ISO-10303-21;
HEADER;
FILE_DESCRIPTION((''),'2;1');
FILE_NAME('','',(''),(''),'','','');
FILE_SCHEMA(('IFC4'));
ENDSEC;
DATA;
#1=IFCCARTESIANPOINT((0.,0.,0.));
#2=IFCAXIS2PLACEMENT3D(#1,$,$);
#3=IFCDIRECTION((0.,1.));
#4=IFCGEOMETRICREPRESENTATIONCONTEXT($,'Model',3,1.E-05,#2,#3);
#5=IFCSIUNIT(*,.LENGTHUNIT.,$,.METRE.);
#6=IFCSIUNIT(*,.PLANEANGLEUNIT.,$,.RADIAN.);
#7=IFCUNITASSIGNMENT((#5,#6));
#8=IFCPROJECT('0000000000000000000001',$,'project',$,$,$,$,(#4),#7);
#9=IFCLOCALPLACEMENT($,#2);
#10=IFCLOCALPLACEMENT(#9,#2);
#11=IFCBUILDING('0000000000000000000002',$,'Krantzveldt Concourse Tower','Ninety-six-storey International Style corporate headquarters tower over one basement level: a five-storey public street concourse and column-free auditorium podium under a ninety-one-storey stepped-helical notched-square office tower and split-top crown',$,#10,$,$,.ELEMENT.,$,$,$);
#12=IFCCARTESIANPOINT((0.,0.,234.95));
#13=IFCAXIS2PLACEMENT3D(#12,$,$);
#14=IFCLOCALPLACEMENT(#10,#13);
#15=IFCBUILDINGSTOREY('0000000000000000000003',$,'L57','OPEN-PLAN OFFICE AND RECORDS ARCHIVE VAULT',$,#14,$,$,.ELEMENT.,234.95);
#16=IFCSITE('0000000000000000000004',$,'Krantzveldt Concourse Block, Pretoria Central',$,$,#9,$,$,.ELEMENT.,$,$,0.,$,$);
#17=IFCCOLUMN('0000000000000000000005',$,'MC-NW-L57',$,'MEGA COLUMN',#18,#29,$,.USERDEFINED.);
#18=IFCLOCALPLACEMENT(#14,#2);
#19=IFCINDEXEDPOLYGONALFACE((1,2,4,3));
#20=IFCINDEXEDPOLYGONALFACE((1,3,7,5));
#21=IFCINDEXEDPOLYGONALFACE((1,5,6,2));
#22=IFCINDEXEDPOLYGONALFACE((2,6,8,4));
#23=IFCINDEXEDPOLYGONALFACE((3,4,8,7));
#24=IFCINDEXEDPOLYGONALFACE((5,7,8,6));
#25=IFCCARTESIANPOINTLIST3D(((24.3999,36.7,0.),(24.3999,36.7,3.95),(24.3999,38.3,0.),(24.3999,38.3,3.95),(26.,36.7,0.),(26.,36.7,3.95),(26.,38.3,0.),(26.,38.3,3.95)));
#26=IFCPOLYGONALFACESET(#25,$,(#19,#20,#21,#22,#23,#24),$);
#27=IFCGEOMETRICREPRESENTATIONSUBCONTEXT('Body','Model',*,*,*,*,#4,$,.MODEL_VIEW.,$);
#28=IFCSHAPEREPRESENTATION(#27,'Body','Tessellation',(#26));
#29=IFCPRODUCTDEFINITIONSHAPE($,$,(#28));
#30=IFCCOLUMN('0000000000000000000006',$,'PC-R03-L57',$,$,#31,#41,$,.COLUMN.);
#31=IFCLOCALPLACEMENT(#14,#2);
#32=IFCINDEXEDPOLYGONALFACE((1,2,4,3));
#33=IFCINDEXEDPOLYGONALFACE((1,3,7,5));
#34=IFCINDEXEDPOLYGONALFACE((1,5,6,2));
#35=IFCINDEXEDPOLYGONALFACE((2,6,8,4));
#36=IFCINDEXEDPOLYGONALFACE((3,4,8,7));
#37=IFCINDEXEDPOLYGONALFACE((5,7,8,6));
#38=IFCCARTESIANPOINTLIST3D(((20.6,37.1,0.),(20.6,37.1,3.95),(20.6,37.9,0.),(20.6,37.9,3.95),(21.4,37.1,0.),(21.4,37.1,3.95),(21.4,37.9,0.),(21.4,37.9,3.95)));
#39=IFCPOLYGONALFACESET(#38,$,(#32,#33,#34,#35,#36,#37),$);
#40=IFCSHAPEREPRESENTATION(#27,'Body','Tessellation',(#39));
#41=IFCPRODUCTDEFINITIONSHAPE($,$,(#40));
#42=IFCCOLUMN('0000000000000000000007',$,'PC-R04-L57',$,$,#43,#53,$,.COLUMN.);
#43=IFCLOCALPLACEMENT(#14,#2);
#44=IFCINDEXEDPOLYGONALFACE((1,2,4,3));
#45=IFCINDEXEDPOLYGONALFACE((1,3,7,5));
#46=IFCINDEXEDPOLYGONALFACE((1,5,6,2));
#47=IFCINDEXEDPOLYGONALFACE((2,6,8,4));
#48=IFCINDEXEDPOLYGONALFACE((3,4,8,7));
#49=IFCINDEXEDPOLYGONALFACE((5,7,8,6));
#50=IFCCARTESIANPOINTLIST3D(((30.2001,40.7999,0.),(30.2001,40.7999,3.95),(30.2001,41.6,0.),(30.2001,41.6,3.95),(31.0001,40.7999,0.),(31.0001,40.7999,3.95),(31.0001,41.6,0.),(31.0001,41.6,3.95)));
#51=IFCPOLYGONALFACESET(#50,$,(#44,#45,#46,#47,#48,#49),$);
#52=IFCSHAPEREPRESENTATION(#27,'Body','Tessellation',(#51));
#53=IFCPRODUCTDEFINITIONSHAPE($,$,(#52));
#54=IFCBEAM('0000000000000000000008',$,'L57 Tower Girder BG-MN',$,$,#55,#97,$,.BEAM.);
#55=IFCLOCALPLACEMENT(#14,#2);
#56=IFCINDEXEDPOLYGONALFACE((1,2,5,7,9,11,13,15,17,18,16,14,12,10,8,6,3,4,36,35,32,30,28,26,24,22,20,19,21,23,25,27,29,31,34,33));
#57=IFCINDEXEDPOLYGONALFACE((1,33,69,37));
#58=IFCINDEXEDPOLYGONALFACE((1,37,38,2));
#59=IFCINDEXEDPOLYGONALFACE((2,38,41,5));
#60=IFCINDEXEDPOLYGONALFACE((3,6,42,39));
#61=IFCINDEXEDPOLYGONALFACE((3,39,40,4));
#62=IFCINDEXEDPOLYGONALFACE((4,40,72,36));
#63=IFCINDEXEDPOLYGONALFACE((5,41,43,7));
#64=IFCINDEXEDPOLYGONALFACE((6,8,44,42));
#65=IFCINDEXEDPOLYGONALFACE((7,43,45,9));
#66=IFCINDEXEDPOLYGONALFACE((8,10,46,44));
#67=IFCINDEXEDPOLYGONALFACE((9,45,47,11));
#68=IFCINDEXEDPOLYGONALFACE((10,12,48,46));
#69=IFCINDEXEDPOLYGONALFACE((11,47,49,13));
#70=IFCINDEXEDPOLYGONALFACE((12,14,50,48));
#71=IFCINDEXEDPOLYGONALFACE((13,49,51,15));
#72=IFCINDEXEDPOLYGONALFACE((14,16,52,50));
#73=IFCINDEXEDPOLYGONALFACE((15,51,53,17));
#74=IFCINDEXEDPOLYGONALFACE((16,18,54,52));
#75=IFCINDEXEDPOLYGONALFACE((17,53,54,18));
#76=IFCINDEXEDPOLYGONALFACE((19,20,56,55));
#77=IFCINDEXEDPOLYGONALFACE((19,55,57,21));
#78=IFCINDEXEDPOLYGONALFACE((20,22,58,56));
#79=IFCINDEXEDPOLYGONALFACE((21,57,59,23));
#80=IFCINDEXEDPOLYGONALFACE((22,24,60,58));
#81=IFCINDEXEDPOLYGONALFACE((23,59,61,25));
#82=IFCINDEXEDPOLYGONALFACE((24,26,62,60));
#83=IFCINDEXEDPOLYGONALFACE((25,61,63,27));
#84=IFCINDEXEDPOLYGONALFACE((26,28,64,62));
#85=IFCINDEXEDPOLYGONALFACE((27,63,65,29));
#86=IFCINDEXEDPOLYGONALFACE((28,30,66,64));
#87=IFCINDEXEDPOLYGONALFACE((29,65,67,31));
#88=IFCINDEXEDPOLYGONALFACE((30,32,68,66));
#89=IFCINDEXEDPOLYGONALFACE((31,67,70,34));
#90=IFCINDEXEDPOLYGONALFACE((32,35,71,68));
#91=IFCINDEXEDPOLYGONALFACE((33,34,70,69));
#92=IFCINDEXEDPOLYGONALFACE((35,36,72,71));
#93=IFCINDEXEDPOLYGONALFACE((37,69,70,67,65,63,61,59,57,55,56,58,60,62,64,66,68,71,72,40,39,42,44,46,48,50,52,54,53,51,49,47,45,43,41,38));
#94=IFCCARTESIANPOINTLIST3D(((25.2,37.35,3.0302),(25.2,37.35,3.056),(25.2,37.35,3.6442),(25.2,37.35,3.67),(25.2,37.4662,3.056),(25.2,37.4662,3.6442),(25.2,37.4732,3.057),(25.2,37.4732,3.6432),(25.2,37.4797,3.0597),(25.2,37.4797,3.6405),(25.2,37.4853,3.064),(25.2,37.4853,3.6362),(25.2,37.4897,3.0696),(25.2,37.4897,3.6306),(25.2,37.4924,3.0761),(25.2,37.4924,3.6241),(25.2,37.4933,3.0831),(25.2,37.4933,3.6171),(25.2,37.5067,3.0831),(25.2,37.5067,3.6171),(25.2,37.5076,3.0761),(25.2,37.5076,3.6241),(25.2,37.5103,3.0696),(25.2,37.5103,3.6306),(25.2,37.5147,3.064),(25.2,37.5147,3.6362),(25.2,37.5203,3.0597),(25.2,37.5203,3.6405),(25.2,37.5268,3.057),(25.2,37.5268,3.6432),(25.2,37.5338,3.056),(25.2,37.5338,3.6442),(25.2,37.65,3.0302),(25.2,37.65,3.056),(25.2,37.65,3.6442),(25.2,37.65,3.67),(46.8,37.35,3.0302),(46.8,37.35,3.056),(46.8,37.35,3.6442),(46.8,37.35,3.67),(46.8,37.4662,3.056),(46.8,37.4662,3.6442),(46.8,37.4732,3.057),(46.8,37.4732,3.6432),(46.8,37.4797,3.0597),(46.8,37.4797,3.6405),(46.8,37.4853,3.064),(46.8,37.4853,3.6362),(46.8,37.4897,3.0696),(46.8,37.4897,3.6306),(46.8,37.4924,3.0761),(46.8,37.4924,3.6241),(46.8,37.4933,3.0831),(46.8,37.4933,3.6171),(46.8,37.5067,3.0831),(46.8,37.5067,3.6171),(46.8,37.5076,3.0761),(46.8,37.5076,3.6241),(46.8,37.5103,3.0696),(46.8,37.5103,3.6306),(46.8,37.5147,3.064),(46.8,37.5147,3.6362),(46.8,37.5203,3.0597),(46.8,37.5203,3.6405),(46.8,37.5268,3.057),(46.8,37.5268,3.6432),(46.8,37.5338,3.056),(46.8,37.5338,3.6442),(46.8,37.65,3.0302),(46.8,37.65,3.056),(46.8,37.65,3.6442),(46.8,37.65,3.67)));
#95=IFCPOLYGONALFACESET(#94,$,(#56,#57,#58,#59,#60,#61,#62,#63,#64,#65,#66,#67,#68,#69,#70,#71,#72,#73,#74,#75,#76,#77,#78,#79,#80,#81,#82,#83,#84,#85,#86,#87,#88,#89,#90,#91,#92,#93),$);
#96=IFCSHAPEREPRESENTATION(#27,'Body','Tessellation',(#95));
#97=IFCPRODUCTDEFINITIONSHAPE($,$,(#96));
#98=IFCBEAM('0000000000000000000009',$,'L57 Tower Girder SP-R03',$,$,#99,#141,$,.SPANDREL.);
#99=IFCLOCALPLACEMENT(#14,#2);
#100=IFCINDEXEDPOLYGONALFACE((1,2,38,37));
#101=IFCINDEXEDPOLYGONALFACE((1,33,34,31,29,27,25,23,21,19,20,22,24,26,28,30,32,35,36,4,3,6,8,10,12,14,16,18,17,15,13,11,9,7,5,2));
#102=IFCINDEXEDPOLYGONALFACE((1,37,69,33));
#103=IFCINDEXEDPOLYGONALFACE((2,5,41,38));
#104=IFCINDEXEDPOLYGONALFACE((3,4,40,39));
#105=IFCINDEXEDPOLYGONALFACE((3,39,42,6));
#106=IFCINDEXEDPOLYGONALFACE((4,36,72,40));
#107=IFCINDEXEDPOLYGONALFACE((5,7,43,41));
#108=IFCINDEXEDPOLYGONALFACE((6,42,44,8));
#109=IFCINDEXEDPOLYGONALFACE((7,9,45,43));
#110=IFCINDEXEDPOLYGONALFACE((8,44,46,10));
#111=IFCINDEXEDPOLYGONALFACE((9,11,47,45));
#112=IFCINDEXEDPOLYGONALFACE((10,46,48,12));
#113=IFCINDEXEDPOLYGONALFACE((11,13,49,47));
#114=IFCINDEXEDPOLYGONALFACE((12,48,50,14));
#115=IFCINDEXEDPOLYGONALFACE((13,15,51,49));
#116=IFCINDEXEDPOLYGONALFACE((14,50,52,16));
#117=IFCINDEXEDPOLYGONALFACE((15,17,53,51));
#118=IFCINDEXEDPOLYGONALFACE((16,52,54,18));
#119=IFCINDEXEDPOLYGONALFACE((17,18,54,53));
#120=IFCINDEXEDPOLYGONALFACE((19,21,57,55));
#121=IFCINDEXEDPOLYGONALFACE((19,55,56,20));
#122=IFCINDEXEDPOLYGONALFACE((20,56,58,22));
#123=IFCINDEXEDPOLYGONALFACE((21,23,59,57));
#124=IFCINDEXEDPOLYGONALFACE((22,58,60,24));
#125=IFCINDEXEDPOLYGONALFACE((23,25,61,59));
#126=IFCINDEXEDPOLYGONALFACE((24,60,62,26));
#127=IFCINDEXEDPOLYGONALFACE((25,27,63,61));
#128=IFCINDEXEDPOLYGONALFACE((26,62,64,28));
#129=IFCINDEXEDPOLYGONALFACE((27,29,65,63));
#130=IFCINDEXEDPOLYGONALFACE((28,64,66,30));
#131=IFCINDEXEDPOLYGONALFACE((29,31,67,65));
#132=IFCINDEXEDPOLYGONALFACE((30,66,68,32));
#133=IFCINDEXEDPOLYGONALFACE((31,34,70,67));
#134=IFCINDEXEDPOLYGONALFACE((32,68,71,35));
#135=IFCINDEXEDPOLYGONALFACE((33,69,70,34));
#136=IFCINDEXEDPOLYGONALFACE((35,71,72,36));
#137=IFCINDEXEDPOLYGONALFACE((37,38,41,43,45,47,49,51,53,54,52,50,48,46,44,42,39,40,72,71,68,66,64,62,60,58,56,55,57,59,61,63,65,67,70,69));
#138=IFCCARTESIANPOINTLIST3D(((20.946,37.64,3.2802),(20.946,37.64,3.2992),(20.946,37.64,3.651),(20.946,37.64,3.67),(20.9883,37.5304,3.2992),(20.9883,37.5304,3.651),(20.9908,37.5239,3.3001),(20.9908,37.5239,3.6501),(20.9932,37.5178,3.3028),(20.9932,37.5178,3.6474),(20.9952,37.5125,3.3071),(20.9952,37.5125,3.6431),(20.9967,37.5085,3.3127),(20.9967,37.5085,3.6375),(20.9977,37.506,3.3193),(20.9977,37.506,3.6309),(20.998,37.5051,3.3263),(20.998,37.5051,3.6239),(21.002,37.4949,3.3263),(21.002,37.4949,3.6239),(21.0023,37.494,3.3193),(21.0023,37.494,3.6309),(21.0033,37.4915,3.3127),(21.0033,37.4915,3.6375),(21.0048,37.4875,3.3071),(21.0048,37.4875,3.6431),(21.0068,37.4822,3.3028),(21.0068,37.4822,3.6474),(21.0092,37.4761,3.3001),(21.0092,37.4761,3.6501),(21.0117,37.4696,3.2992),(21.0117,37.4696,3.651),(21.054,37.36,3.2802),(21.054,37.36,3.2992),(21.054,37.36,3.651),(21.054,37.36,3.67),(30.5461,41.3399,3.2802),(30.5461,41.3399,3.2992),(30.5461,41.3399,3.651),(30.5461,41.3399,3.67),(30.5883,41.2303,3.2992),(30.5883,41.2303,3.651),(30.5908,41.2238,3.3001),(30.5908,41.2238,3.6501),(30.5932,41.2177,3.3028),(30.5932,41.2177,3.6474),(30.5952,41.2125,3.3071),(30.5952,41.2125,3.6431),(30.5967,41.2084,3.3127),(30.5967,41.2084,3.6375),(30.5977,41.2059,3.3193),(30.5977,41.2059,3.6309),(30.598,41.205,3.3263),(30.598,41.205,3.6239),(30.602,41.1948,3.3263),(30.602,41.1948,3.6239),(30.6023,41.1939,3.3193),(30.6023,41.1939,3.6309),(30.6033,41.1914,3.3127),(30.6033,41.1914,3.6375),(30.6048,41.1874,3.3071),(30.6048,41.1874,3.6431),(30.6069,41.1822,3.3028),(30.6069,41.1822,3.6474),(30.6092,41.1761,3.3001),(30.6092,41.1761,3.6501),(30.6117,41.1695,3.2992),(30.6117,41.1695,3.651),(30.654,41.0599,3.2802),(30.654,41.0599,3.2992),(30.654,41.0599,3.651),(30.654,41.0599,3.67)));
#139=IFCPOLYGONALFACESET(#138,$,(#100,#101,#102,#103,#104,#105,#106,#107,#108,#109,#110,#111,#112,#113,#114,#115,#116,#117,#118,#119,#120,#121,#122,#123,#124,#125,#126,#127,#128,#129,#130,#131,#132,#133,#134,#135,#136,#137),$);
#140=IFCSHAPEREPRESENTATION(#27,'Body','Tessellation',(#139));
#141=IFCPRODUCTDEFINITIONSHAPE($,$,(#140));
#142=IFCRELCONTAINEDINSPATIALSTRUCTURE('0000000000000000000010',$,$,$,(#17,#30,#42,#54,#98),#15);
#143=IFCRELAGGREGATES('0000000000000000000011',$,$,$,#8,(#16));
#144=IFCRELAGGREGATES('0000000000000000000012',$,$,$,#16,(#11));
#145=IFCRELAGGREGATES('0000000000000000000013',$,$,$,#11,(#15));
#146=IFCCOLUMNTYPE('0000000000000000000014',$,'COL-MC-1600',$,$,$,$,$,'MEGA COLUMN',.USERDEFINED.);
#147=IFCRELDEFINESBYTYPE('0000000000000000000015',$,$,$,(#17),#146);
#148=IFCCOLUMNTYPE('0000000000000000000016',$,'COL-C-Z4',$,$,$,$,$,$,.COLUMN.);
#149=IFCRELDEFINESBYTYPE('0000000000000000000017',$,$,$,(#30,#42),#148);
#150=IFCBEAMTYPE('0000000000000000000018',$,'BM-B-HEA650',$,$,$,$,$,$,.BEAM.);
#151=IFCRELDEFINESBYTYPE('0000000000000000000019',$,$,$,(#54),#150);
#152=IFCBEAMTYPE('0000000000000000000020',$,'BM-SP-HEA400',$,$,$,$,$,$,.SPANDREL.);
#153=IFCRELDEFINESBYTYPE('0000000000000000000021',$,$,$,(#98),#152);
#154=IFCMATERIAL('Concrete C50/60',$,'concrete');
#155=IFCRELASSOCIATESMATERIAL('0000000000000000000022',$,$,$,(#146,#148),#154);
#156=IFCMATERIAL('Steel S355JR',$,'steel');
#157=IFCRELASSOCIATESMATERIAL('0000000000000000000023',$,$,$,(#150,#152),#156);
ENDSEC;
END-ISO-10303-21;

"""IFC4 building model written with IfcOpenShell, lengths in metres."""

from ifc_helpers import new_model, si_unit, direction, frame, origin, origin_2d, place, context, subcontext, project, spatial, rectangle, i_section, extrude, source, transform, mapped, material, material_profile, profile_set, type_object, type_shapes, element, save


model = new_model("IFC4")

# Units and contexts
model_context = context("Model", 3, precision=1e-05, world=origin(), true_north=direction((0.0, 1.0)))
body_context = subcontext(model_context, "Body", "Model", "MODEL_VIEW")
ifc_project = project(units=[si_unit("LENGTHUNIT", "METRE"), si_unit("PLANEANGLEUNIT", "RADIAN")], contexts=[model_context])

# Site, building, storey
site_placement = place(None, origin())
site = spatial("IfcSite", under=ifc_project, at=site_placement, Name="Krantzveldt Concourse Block, Pretoria Central", CompositionType="ELEMENT", RefElevation=0.0)
building_placement = place(site_placement, origin())
building = spatial("IfcBuilding", under=site, at=building_placement, Name="Krantzveldt Concourse Tower", Description="Ninety-six-storey International Style corporate headquarters tower over one basement level: a five-storey public street concourse and column-free auditorium podium under a ninety-one-storey stepped-helical notched-square office tower and split-top crown", CompositionType="ELEMENT")
storey_placement = place(building_placement, frame((0.0, 0.0, 234.95)))
storey = spatial("IfcBuildingStorey", under=building, at=storey_placement, Name="L57", Description="OPEN-PLAN OFFICE AND RECORDS ARCHIVE VAULT", CompositionType="ELEMENT", Elevation=234.95)

# Columns
ifc_material_1 = material(Name="Concrete C50/60", Category="concrete")
ifc_material_profile_1 = material_profile(ifc_material_1, rectangle(XDim=1.6001, YDim=1.6001, at=origin_2d()), Name="Concrete C50/60", Category="concrete")
ifc_profile_set_1 = profile_set([ifc_material_profile_1], Name="Concrete C50/60 - RC 1600x1600")
column_type_1 = type_object("IfcColumnType", Name="COL-MC-1600", ElementType="MEGA COLUMN", PredefinedType="USERDEFINED", material=ifc_profile_set_1)
shared_shape_1 = source(origin(), body_context, "Body", "SweptSolid", [
    extrude(rectangle(XDim=1.6001, YDim=1.6001, at=origin_2d()), origin(), (0.0, 0.0, 1.0), 3.95),
])
type_shapes(column_type_1, [shared_shape_1])
column_placement = place(storey_placement, frame((25.2, 37.5, 0.0), z_axis=(0.0, 0.0, 1.0), x_axis=(1.0, 0.0, 0.0)))
element("IfcColumn", 1, at=column_placement, inside=storey, type_object=column_type_1, Name="MC-NW-L57", ObjectType="MEGA COLUMN", PredefinedType="USERDEFINED", context=body_context, shape_type="MappedRepresentation", body=[
    mapped(shared_shape_1, transform((0.0, 0.0, 0.0), x_axis=(1.0, 0.0, 0.0), y_axis=(0.0, 1.0, 0.0), z_axis=(0.0, 0.0, 1.0), scale=1.0)),
])
ifc_material_profile_2 = material_profile(ifc_material_1, rectangle(XDim=0.8, YDim=0.8, at=origin_2d()), Name="Concrete C50/60", Category="concrete")
ifc_profile_set_2 = profile_set([ifc_material_profile_2], Name="Concrete C50/60 - RC 800x800")
column_type_2 = type_object("IfcColumnType", Name="COL-C-Z4", PredefinedType="COLUMN", material=ifc_profile_set_2)
shared_shape_2 = source(origin(), body_context, "Body", "SweptSolid", [
    extrude(rectangle(XDim=0.8, YDim=0.8, at=origin_2d()), origin(), (0.0, 0.0, 1.0), 3.95),
])
type_shapes(column_type_2, [shared_shape_2])
for number, where, z_axis, x_axis, name in (
    (2, (21.0, 37.5, 0.0), (0.0, 0.0, 1.0), (1.0, 0.0, 0.0), "PC-R03-L57"),
    (3, (30.6001, 41.2, 0.0), (0.0, 0.0, 1.0), (1.0, 0.0, 0.0), "PC-R04-L57"),
):
    element("IfcColumn", number, at=place(storey_placement, frame(where, z_axis=z_axis, x_axis=x_axis)), inside=storey, type_object=column_type_2, Name=name, PredefinedType="COLUMN", context=body_context, shape_type="MappedRepresentation", body=[
        mapped(shared_shape_2, transform((0.0, 0.0, 0.0), x_axis=(1.0, 0.0, 0.0), y_axis=(0.0, 1.0, 0.0), z_axis=(0.0, 0.0, 1.0), scale=1.0)),
    ])

# Beams
ifc_material_2 = material(Name="Steel S355JR", Category="steel")
ifc_material_profile_3 = material_profile(ifc_material_2, i_section(OverallWidth=0.3, OverallDepth=0.6399, WebThickness=0.0134, FlangeThickness=0.0259, FilletRadius=0.0271, at=origin_2d()), Name="Steel S355JR", Category="steel")
ifc_profile_set_3 = profile_set([ifc_material_profile_3], Name="Steel S355JR - HEA 650")
beam_type_1 = type_object("IfcBeamType", Name="BM-B-HEA650", PredefinedType="BEAM", material=ifc_profile_set_3)
shared_shape_3 = source(origin(), body_context, "Body", "SweptSolid", [
    extrude(i_section(OverallWidth=0.3, OverallDepth=0.6399, WebThickness=0.0134, FlangeThickness=0.0259, FilletRadius=0.0271, at=origin_2d()), origin(), (0.0, 0.0, 1.0), 21.6001),
])
type_shapes(beam_type_1, [shared_shape_3])
beam_1_placement = place(storey_placement, frame((25.2, 37.5, 3.3501), z_axis=(1.0, 0.0, 0.0), x_axis=(0.0, 1.0, 0.0)))
element("IfcBeam", 4, at=beam_1_placement, inside=storey, type_object=beam_type_1, Name="L57 Tower Girder BG-MN", PredefinedType="BEAM", context=body_context, shape_type="MappedRepresentation", body=[
    mapped(shared_shape_3, transform((0.0, 0.0, 0.0), x_axis=(1.0, 0.0, 0.0), y_axis=(0.0, 1.0, 0.0), z_axis=(0.0, 0.0, 1.0), scale=1.0)),
])
ifc_material_profile_4 = material_profile(ifc_material_2, i_section(OverallWidth=0.3, OverallDepth=0.3899, WebThickness=0.011, FlangeThickness=0.019, FilletRadius=0.0271, at=origin_2d()), Name="Steel S355JR", Category="steel")
ifc_profile_set_4 = profile_set([ifc_material_profile_4], Name="Steel S355JR - HEA 400")
beam_type_2 = type_object("IfcBeamType", Name="BM-SP-HEA400", PredefinedType="SPANDREL", material=ifc_profile_set_4)
shared_shape_4 = source(origin(), body_context, "Body", "SweptSolid", [
    extrude(i_section(OverallWidth=0.3, OverallDepth=0.3899, WebThickness=0.011, FlangeThickness=0.019, FilletRadius=0.0271, at=origin_2d()), origin(), (0.0, 0.0, 1.0), 10.2883),
])
beam_2_placement = place(storey_placement, frame((21.0, 37.5, 3.4751), z_axis=(0.933098, 0.359623, 0.0), x_axis=(-0.359623, 0.933098, 0.0)))
element("IfcBeam", 5, at=beam_2_placement, inside=storey, type_object=beam_type_2, Name="L57 Tower Girder SP-R03", PredefinedType="SPANDREL", context=body_context, shape_type="MappedRepresentation", body=[
    mapped(shared_shape_4, transform((0.0, 0.0, 0.0), x_axis=(1.0, 0.0, 0.0), y_axis=(0.0, 1.0, 0.0), z_axis=(0.0, 0.0, 1.0), scale=1.0)),
])

save(model, "model.ifc")
